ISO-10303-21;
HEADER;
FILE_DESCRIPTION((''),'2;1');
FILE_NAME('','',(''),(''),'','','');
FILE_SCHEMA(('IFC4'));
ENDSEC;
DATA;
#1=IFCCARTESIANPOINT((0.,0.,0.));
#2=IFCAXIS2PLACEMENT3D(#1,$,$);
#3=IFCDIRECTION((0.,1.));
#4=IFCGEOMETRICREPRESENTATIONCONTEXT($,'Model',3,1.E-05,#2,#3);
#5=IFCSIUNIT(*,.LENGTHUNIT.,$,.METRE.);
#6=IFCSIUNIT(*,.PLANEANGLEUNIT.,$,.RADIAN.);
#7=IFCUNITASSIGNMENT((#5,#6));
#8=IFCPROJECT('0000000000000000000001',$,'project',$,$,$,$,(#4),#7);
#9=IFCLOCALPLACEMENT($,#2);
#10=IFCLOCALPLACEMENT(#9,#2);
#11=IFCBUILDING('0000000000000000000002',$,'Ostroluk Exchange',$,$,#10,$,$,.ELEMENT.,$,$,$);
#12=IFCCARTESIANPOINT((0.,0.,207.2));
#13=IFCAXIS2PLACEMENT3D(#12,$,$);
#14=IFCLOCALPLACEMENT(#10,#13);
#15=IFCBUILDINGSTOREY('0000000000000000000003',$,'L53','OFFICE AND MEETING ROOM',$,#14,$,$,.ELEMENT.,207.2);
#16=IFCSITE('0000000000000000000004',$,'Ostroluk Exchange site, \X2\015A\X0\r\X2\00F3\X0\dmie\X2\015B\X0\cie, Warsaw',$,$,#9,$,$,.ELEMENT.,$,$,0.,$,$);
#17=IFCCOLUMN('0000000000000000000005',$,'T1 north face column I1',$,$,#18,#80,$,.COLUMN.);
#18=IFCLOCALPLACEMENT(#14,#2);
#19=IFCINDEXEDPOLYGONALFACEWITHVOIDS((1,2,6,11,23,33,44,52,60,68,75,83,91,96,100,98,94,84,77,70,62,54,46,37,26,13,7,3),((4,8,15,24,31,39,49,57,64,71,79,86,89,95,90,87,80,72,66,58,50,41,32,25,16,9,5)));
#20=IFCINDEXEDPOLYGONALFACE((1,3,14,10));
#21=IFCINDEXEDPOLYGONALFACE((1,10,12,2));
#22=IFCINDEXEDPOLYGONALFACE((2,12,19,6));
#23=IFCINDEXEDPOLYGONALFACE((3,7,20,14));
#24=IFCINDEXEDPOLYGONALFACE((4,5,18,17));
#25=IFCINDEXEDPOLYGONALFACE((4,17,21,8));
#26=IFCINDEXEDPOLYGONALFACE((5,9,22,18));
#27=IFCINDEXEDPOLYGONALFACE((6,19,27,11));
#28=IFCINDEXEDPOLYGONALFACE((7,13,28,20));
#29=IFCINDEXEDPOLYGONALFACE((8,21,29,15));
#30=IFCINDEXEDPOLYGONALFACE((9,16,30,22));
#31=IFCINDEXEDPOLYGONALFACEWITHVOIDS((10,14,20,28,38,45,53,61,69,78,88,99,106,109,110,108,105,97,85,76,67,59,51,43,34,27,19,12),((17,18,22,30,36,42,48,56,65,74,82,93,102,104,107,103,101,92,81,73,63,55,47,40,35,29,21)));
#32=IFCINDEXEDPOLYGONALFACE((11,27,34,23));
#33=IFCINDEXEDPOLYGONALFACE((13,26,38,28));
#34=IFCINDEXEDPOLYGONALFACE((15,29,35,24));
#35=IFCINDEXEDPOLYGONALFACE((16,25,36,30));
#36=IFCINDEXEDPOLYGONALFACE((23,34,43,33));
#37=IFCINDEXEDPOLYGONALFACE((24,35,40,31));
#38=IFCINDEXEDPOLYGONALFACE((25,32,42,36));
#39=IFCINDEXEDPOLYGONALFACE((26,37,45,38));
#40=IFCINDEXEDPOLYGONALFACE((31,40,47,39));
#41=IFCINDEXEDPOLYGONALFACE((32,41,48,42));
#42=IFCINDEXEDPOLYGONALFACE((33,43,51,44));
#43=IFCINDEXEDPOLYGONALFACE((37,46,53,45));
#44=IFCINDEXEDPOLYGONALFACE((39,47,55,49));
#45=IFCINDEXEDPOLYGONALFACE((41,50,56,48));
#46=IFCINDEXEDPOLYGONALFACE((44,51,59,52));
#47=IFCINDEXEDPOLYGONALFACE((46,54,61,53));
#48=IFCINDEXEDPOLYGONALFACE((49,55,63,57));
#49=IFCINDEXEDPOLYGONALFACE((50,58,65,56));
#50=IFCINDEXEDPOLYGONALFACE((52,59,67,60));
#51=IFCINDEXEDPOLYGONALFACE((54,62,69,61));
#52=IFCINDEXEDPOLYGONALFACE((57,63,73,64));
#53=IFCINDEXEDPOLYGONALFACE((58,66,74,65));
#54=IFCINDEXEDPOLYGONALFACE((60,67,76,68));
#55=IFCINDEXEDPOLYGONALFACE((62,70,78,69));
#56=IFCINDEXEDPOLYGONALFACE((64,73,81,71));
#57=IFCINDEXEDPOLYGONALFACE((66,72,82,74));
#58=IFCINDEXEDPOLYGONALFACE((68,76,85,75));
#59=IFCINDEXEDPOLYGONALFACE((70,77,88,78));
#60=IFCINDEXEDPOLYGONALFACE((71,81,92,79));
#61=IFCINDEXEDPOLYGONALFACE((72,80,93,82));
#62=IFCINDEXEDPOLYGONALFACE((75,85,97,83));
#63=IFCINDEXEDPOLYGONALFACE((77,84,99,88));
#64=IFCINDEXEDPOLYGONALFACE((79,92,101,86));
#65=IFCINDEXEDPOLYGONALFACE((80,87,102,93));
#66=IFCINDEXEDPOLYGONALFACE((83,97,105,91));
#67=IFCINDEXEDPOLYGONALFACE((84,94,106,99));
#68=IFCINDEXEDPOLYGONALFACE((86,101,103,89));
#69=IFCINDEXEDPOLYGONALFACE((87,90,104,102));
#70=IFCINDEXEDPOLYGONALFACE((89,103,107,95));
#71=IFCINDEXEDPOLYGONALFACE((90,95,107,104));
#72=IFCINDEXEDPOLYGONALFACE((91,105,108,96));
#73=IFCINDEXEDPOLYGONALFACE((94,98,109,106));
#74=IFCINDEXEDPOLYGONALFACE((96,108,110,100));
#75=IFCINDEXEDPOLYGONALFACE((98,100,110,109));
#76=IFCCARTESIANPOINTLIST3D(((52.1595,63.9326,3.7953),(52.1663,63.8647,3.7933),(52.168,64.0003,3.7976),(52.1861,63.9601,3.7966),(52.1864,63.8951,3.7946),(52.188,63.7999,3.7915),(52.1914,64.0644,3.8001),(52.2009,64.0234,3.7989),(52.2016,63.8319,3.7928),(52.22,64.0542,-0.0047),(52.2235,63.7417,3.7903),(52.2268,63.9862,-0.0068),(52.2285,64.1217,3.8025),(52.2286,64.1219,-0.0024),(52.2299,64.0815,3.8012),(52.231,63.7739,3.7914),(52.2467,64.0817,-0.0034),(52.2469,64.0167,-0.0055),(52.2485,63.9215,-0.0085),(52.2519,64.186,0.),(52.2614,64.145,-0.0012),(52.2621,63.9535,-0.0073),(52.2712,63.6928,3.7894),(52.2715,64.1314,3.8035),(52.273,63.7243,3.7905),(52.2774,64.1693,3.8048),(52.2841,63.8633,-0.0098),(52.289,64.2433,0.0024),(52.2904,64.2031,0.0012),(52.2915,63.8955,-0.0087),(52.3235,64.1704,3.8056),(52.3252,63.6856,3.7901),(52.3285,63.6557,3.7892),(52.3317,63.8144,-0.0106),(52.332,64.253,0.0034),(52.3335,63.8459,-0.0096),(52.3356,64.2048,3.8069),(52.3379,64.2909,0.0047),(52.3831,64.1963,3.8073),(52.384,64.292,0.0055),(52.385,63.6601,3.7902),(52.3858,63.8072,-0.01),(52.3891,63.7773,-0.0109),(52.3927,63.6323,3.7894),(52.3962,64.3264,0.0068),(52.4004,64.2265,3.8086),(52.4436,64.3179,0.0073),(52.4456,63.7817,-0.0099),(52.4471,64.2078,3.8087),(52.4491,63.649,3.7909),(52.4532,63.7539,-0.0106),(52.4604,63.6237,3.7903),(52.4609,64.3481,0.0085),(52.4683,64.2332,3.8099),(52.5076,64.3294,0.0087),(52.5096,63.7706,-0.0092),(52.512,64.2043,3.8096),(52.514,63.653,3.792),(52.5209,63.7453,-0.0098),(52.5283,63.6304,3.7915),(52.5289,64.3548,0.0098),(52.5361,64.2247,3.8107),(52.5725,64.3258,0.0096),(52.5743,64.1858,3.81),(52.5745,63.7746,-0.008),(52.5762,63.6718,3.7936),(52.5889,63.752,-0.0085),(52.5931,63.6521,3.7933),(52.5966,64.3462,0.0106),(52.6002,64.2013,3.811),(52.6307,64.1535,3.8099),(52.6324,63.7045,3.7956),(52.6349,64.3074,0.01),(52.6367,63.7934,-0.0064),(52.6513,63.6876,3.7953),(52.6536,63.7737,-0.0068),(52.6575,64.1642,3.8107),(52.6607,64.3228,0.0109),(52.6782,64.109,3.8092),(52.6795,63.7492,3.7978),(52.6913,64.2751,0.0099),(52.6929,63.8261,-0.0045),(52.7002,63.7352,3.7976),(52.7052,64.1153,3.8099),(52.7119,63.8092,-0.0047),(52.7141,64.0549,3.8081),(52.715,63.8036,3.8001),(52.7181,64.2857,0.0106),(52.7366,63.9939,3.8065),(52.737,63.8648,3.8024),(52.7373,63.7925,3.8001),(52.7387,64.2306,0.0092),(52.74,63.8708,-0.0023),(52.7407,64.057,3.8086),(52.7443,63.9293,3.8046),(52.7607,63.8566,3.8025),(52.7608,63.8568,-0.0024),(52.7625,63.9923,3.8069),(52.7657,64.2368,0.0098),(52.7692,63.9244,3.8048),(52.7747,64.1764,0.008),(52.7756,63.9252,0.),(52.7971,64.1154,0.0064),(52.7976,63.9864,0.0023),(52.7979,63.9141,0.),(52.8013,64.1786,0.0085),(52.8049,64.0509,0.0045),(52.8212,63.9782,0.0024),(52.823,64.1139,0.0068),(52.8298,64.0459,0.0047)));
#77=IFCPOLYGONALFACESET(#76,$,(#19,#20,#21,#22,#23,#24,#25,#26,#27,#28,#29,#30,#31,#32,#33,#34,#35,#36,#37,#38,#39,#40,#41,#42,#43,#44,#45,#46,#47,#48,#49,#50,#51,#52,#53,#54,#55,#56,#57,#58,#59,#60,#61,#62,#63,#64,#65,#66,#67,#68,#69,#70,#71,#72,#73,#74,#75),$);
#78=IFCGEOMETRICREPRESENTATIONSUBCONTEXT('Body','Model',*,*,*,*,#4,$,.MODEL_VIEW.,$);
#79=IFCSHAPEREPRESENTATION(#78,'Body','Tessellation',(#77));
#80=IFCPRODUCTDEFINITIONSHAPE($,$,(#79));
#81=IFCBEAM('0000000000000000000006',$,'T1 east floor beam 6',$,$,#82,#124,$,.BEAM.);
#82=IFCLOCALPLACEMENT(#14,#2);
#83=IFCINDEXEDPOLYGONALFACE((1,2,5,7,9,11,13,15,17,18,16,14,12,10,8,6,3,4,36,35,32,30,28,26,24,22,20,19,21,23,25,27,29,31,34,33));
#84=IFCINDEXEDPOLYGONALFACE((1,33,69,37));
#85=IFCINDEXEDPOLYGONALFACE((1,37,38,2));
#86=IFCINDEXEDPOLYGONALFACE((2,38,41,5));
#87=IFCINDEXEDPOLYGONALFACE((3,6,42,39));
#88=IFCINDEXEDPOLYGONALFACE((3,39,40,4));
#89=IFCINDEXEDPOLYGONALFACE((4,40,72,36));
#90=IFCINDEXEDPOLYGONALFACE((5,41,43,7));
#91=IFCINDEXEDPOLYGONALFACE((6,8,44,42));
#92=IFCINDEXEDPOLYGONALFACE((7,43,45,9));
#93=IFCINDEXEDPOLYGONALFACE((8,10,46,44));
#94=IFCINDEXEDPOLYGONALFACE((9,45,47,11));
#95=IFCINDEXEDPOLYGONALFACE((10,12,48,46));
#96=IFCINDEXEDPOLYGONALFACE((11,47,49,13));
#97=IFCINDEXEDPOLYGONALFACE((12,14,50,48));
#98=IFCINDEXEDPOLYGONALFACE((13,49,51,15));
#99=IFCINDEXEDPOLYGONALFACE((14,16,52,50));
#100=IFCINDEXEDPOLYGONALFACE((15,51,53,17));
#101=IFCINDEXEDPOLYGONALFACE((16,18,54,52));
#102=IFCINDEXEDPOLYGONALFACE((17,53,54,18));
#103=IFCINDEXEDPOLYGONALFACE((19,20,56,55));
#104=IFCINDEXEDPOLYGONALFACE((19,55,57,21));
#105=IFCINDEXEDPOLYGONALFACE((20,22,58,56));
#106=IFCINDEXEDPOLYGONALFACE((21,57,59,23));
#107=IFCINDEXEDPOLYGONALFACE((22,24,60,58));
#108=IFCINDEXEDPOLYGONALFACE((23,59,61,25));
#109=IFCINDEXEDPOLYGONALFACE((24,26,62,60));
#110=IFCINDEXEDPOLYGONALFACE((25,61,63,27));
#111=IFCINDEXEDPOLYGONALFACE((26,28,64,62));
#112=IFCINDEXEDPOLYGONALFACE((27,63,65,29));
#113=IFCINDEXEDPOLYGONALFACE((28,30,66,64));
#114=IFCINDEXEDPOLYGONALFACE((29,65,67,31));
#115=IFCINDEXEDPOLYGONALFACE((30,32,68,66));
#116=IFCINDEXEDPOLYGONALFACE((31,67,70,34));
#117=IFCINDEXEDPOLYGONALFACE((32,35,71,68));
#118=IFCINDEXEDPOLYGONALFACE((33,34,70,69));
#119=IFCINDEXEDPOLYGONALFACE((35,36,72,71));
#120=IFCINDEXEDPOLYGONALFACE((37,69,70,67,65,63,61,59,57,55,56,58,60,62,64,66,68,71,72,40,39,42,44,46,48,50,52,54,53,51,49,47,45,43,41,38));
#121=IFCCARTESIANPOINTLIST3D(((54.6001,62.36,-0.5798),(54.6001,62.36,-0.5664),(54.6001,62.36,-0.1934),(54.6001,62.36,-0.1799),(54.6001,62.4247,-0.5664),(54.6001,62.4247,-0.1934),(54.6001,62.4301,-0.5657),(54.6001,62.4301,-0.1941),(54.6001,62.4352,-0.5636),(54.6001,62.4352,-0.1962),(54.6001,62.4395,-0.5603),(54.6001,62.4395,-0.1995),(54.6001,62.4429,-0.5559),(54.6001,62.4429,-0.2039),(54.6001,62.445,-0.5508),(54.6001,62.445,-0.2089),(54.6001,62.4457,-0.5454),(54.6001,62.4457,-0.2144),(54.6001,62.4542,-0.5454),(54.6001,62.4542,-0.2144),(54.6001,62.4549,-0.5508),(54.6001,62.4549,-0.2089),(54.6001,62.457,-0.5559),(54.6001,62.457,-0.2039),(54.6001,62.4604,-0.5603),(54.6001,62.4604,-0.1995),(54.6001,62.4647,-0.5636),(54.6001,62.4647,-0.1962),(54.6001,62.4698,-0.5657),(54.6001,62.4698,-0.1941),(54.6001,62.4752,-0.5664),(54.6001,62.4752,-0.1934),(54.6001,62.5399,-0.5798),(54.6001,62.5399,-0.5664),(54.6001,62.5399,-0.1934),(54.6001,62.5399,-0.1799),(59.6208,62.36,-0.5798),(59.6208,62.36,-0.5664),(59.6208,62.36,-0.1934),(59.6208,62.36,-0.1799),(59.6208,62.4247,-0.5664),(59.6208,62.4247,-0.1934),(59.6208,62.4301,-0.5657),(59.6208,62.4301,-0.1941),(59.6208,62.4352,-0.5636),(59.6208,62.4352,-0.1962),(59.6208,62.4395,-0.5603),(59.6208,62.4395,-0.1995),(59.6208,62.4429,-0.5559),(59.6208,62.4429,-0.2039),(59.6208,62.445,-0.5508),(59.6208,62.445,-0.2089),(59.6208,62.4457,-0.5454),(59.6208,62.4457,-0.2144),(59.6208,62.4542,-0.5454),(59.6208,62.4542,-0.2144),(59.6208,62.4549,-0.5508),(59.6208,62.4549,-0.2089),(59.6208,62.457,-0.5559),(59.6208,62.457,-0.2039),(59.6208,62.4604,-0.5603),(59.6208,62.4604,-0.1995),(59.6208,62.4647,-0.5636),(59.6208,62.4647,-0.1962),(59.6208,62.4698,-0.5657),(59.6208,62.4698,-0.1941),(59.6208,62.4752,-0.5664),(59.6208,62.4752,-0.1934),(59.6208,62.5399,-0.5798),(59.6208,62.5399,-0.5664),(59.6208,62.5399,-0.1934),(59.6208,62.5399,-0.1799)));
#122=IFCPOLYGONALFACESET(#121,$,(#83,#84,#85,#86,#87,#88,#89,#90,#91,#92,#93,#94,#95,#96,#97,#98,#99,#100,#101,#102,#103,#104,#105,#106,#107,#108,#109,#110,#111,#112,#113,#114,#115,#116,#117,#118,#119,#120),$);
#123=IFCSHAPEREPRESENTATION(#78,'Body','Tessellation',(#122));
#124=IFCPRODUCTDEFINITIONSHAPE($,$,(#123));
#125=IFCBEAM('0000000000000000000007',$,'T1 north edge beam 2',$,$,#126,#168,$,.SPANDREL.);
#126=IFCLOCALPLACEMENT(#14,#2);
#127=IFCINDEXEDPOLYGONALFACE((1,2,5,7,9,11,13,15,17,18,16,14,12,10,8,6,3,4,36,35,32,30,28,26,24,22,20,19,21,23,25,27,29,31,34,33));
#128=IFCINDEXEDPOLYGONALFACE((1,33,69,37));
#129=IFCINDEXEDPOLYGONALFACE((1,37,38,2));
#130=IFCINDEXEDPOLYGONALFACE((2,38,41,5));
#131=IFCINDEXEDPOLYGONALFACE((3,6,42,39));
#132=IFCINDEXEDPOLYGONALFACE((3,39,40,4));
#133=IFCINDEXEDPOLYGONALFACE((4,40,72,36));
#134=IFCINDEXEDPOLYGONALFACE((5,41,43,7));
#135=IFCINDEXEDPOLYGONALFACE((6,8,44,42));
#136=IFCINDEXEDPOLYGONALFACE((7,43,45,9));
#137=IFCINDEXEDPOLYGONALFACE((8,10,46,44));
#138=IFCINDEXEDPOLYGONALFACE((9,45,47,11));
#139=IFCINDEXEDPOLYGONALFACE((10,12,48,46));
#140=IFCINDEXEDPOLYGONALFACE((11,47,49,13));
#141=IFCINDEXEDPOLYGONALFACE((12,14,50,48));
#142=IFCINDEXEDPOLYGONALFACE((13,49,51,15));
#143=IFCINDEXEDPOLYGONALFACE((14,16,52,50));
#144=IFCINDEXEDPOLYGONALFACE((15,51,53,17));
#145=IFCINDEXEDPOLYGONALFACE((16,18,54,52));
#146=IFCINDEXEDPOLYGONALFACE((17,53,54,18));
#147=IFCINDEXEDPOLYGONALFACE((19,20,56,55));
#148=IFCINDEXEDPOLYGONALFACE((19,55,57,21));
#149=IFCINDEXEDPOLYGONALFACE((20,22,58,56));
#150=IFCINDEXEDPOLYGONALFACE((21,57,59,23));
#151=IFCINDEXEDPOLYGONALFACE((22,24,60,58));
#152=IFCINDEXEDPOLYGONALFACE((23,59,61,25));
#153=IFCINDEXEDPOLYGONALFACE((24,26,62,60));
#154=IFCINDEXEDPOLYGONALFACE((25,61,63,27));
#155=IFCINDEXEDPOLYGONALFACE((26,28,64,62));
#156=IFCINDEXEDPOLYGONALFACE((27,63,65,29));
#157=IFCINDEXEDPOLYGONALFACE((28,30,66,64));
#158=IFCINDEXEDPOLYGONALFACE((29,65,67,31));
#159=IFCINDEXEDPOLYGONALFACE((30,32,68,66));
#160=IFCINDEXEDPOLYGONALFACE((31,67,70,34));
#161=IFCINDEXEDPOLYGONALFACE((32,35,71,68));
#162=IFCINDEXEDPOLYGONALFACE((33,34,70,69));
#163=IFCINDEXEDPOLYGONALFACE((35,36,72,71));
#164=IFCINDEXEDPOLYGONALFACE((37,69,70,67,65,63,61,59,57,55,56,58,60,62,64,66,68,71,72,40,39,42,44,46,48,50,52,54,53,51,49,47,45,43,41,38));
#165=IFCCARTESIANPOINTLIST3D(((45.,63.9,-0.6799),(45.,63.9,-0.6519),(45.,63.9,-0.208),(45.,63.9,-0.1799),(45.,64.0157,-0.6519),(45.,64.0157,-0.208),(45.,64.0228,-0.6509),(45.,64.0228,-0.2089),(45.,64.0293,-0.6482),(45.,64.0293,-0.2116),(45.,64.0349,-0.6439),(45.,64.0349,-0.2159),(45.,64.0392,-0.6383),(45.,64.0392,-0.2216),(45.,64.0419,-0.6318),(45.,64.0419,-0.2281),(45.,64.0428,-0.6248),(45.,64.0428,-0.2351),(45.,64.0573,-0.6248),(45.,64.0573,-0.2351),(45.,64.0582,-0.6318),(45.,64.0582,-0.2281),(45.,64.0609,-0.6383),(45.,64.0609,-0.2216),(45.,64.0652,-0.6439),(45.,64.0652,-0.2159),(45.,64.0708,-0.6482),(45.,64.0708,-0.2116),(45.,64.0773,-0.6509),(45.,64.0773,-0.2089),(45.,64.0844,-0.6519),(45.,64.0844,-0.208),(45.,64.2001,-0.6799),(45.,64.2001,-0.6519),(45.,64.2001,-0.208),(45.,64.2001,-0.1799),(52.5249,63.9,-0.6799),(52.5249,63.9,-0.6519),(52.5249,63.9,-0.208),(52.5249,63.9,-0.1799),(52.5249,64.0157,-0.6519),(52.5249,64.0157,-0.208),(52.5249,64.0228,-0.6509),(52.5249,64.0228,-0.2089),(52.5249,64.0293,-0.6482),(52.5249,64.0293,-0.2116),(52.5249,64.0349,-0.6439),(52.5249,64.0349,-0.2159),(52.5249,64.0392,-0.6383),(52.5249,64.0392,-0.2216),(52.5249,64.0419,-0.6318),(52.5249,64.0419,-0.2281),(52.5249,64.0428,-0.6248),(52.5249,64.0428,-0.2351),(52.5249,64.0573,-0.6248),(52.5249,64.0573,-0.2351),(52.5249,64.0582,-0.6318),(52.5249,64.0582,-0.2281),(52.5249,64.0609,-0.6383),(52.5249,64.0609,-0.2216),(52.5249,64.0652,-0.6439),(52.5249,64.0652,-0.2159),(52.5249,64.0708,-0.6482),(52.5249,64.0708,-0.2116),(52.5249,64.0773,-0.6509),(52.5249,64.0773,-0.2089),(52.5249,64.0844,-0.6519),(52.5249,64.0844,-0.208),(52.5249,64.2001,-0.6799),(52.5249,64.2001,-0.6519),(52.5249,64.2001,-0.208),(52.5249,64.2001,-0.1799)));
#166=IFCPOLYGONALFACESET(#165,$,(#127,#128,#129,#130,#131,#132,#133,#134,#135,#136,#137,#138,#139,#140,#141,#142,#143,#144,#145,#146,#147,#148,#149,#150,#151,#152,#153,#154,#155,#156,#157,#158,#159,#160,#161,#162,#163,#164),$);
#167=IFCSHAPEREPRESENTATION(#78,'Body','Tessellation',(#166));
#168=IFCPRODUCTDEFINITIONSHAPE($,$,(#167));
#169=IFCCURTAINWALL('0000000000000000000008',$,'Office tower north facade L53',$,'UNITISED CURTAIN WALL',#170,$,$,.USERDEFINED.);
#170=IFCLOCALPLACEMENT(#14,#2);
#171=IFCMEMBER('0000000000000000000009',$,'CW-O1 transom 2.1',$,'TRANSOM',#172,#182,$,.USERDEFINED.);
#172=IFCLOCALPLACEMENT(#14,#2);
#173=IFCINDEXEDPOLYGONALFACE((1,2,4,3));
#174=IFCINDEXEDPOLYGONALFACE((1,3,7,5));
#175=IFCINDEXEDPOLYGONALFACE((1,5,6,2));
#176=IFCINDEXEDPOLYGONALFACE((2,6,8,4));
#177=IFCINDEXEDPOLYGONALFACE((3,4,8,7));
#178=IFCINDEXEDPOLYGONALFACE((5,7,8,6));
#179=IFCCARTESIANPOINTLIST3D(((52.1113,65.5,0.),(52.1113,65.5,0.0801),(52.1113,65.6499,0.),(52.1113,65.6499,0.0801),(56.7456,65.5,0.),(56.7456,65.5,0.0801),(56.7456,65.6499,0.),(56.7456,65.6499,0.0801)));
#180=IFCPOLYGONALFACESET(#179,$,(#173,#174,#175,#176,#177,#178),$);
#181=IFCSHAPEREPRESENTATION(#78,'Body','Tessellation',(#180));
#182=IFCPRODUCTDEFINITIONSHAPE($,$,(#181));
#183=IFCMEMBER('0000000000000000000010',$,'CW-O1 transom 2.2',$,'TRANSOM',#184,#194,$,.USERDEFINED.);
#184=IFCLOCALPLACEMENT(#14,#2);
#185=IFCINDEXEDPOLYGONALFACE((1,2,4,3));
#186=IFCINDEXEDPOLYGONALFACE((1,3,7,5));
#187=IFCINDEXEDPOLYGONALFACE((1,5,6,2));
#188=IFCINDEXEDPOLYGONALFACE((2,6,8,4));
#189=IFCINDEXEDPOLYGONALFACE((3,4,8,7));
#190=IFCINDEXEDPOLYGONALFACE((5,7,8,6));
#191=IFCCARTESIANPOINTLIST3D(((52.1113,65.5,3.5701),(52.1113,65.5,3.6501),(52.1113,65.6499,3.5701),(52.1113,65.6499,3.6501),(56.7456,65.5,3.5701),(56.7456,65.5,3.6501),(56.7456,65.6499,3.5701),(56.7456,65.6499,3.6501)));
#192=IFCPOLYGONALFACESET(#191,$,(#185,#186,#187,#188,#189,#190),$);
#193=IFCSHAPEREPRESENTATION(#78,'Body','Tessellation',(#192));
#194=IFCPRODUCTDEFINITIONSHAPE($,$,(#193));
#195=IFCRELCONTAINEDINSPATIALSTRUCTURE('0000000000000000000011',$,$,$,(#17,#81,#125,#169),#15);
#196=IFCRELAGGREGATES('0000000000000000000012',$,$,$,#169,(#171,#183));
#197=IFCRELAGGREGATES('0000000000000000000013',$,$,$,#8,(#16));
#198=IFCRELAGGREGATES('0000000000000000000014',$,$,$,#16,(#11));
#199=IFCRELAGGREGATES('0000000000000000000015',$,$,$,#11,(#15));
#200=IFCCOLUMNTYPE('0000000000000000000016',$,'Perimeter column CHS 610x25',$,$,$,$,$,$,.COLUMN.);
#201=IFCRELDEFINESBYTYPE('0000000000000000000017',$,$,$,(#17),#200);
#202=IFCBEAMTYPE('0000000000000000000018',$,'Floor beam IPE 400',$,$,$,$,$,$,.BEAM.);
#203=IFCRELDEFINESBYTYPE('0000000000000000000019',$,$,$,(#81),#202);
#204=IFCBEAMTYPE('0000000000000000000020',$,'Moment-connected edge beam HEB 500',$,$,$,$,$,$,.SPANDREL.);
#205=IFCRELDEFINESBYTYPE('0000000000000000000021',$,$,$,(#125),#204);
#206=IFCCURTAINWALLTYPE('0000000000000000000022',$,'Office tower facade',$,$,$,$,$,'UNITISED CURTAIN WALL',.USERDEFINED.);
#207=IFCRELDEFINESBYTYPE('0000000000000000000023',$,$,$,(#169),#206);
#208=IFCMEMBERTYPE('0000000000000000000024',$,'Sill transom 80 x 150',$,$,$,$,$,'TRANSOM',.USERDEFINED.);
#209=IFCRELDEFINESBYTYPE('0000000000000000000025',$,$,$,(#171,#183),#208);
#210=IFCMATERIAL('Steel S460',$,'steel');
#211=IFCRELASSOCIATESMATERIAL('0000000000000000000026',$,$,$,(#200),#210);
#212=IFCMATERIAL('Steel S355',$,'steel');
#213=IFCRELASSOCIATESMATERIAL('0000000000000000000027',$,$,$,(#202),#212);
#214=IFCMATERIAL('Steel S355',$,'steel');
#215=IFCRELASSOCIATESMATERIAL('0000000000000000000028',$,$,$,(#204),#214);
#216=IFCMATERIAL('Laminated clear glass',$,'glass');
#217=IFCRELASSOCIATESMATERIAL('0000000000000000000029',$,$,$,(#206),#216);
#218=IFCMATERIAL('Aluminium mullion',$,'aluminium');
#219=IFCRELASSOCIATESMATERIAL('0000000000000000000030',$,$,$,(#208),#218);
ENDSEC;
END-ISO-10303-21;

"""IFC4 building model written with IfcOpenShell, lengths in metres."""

from ifc_helpers import new_model, si_unit, direction, frame, origin, origin_2d, place, context, subcontext, project, spatial, rectangle, hollow_circle, i_section, extrude, material, material_profile, profile_set, type_object, element, aggregate, save


model = new_model("IFC4")

# Units and contexts
model_context = context("Model", 3, precision=1e-05, world=origin(), true_north=direction((0.0, 1.0)))
body_context = subcontext(model_context, "Body", "Model", "MODEL_VIEW")
ifc_project = project(units=[si_unit("LENGTHUNIT", "METRE"), si_unit("PLANEANGLEUNIT", "RADIAN")], contexts=[model_context])

# Site, building, storey
site_placement = place(None, origin())
site = spatial("IfcSite", under=ifc_project, at=site_placement, Name="Ostroluk Exchange site, Śródmieście, Warsaw", CompositionType="ELEMENT", RefElevation=0.0)
building_placement = place(site_placement, origin())
building = spatial("IfcBuilding", under=site, at=building_placement, Name="Ostroluk Exchange", CompositionType="ELEMENT")
storey_placement = place(building_placement, frame((0.0, 0.0, 207.2)))
storey = spatial("IfcBuildingStorey", under=building, at=storey_placement, Name="L53", Description="OFFICE AND MEETING ROOM", CompositionType="ELEMENT", Elevation=207.2)

# Column
ifc_material_1 = material(Name="Steel S460", Category="steel")
ifc_material_profile_1 = material_profile(ifc_material_1, hollow_circle(Radius=0.3049, WallThickness=0.0249, at=origin_2d()), Name="CHS 610x25")
ifc_profile_set_1 = profile_set([ifc_material_profile_1], Name="Steel S460")
column_type = type_object("IfcColumnType", Name="Perimeter column CHS 610x25", PredefinedType="COLUMN", material=ifc_profile_set_1)
column_placement = place(storey_placement, frame((52.5249, 64.05, 0.0), z_axis=(-0.015923, -0.031974, 0.999362), x_axis=(0.895145, -0.445775, 0.0)))
element("IfcColumn", 1, at=column_placement, inside=storey, type_object=column_type, Name="T1 north face column I1", PredefinedType="COLUMN", context=body_context, shape_type="SweptSolid", body=[
    extrude(hollow_circle(Radius=0.3049, WallThickness=0.0249, at=origin_2d()), origin(), (0.0, 0.0, 1.0), 3.8025),
])

# Beams
ifc_material_2 = material(Name="Steel S355", Category="steel")
ifc_material_profile_2 = material_profile(ifc_material_2, i_section(OverallWidth=0.1799, OverallDepth=0.3999, WebThickness=0.0085, FlangeThickness=0.0134, FilletRadius=0.021, at=origin_2d()), Name="IPE 400")
ifc_profile_set_2 = profile_set([ifc_material_profile_2], Name="Steel S355")
beam_type_1 = type_object("IfcBeamType", Name="Floor beam IPE 400", PredefinedType="BEAM", material=ifc_profile_set_2)
beam_1_placement = place(storey_placement, frame((54.6001, 62.45, -0.3799), z_axis=(1.0, 0.0, 0.0), x_axis=(0.0, 1.0, 0.0)))
element("IfcBeam", 2, at=beam_1_placement, inside=storey, type_object=beam_type_1, Name="T1 east floor beam 6", PredefinedType="BEAM", context=body_context, shape_type="SweptSolid", body=[
    extrude(i_section(OverallWidth=0.1799, OverallDepth=0.3999, WebThickness=0.0085, FlangeThickness=0.0134, FilletRadius=0.021, at=origin_2d()), origin(), (0.0, 0.0, 1.0), 5.0208),
])
ifc_material_3 = material(Name="Steel S355", Category="steel")
ifc_material_profile_3 = material_profile(ifc_material_3, i_section(OverallWidth=0.3, OverallDepth=0.5, WebThickness=0.0144, FlangeThickness=0.0281, FilletRadius=0.0271, at=origin_2d()), Name="HEB 500")
ifc_profile_set_3 = profile_set([ifc_material_profile_3], Name="Steel S355")
beam_type_2 = type_object("IfcBeamType", Name="Moment-connected edge beam HEB 500", PredefinedType="SPANDREL", material=ifc_profile_set_3)
beam_2_placement = place(storey_placement, frame((52.5249, 64.05, -0.4299), z_axis=(-1.0, 0.0, 0.0), x_axis=(0.0, -1.0, 0.0)))
element("IfcBeam", 3, at=beam_2_placement, inside=storey, type_object=beam_type_2, Name="T1 north edge beam 2", PredefinedType="SPANDREL", context=body_context, shape_type="SweptSolid", body=[
    extrude(i_section(OverallWidth=0.3, OverallDepth=0.5, WebThickness=0.0144, FlangeThickness=0.0281, FilletRadius=0.0271, at=origin_2d()), origin(), (0.0, 0.0, 1.0), 7.5249),
])

# Curtain wall, members
ifc_material_4 = material(Name="Laminated clear glass", Category="glass")
curtain_wall_type = type_object("IfcCurtainWallType", Name="Office tower facade", ElementType="UNITISED CURTAIN WALL", PredefinedType="USERDEFINED", material=ifc_material_4)
curtain_wall_placement = place(storey_placement, origin())
curtain_wall = element("IfcCurtainWall", 4, at=curtain_wall_placement, inside=storey, type_object=curtain_wall_type, Name="Office tower north facade L53", ObjectType="UNITISED CURTAIN WALL", PredefinedType="USERDEFINED")
ifc_material_5 = material(Name="Aluminium mullion", Category="aluminium")
ifc_material_profile_4 = material_profile(ifc_material_5, rectangle(XDim=0.1499, YDim=0.0801, at=origin_2d()), Name="Sill transom 80 x 150")
ifc_profile_set_4 = profile_set([ifc_material_profile_4], Name="Aluminium mullion")
member_type_1 = type_object("IfcMemberType", Name="Sill transom 80 x 150", ElementType="TRANSOM", PredefinedType="USERDEFINED", material=ifc_profile_set_4)
member_1_placement = place(storey_placement, frame((56.7456, 65.575, 0.04), z_axis=(-1.0, 0.0, 0.0), x_axis=(0.0, -1.0, 0.0)))
member_1 = element("IfcMember", 5, at=member_1_placement, type_object=member_type_1, Name="CW-O1 transom 2.1", ObjectType="TRANSOM", PredefinedType="USERDEFINED", context=body_context, shape_type="SweptSolid", body=[
    extrude(rectangle(XDim=0.1499, YDim=0.0801, at=origin_2d()), origin(), (0.0, 0.0, 1.0), 4.6343),
])
member_2_placement = place(storey_placement, frame((56.7456, 65.575, 3.6101), z_axis=(-1.0, 0.0, 0.0), x_axis=(0.0, -1.0, 0.0)))
member_2 = element("IfcMember", 6, at=member_2_placement, type_object=member_type_1, Name="CW-O1 transom 2.2", ObjectType="TRANSOM", PredefinedType="USERDEFINED", context=body_context, shape_type="SweptSolid", body=[
    extrude(rectangle(XDim=0.1499, YDim=0.0801, at=origin_2d()), origin(), (0.0, 0.0, 1.0), 4.6343),
])
aggregate(curtain_wall, [member_1, member_2])

save(model, "model.ifc")
